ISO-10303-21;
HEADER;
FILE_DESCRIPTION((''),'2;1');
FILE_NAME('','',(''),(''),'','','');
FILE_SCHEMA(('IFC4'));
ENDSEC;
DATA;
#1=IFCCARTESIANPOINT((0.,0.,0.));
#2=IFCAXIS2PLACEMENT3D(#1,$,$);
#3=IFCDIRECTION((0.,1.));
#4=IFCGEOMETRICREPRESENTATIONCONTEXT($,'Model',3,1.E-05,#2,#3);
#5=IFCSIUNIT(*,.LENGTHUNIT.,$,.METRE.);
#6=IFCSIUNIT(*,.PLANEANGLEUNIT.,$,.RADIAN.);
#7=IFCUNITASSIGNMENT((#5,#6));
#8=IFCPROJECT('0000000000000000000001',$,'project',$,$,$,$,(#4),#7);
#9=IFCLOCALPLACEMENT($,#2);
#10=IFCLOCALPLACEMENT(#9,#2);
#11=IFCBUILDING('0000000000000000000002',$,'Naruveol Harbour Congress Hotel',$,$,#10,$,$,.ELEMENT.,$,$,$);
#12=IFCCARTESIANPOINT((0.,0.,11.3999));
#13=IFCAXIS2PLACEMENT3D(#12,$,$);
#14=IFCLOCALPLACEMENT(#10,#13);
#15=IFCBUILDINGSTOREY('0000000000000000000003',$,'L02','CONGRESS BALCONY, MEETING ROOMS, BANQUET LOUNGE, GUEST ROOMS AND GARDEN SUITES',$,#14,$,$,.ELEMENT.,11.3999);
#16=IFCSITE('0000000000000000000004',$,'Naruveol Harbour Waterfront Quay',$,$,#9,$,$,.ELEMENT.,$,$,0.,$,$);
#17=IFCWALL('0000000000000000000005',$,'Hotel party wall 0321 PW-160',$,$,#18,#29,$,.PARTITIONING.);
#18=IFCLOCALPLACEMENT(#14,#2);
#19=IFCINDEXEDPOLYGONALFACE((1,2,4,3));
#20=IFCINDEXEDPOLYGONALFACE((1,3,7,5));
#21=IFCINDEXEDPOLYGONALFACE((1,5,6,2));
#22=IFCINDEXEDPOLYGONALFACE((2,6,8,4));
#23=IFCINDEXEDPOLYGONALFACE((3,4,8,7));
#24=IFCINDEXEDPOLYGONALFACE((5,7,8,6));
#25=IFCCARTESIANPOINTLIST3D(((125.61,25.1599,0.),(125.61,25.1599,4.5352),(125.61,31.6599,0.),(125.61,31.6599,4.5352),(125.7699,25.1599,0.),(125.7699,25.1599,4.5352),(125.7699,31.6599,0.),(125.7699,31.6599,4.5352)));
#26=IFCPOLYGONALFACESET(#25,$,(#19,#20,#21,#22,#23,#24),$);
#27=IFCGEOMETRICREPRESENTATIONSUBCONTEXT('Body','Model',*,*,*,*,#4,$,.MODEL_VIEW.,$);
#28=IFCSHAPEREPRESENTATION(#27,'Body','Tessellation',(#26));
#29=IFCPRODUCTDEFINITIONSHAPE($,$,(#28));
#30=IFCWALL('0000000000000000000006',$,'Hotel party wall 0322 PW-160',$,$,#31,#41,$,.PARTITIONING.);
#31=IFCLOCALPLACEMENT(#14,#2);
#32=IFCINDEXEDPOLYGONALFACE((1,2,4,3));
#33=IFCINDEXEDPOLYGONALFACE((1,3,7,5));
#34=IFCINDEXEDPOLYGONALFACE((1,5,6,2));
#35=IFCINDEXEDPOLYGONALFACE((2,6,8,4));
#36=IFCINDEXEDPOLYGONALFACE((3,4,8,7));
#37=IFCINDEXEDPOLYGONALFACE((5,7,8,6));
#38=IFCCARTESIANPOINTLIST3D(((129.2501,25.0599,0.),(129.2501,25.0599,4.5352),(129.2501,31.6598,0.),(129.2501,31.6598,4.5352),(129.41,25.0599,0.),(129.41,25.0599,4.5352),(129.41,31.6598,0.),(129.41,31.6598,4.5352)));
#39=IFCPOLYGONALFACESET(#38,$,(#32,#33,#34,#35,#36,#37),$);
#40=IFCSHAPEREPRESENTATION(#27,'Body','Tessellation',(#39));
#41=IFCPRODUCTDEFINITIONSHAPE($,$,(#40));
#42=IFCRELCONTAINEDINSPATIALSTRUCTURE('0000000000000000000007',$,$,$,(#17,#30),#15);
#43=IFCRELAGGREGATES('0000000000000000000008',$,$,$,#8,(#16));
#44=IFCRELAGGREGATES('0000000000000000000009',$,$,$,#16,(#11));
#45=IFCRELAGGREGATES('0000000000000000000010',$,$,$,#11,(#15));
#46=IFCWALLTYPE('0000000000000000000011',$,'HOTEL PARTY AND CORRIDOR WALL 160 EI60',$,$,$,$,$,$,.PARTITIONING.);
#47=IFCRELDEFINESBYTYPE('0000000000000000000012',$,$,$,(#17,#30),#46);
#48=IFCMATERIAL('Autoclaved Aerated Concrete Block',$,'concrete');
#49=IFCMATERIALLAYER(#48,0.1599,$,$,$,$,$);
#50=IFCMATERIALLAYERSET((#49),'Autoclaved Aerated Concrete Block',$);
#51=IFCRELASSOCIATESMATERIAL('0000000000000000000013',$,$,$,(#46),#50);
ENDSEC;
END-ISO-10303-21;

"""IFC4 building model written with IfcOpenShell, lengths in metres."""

from ifc_helpers import new_model, si_unit, direction, frame, frame_2d, origin, place, context, subcontext, project, spatial, rectangle, extrude, material, layer, layer_set, type_object, element, save


model = new_model("IFC4")

# Units and contexts
model_context = context("Model", 3, precision=1e-05, world=origin(), true_north=direction((0.0, 1.0)))
body_context = subcontext(model_context, "Body", "Model", "MODEL_VIEW")
ifc_project = project(units=[si_unit("LENGTHUNIT", "METRE"), si_unit("PLANEANGLEUNIT", "RADIAN")], contexts=[model_context])

# Site, building, storey
site_placement = place(None, origin())
site = spatial("IfcSite", under=ifc_project, at=site_placement, Name="Naruveol Harbour Waterfront Quay", CompositionType="ELEMENT", RefElevation=0.0)
building_placement = place(site_placement, origin())
building = spatial("IfcBuilding", under=site, at=building_placement, Name="Naruveol Harbour Congress Hotel", CompositionType="ELEMENT")
storey_placement = place(building_placement, frame((0.0, 0.0, 11.3999)))
storey = spatial("IfcBuildingStorey", under=building, at=storey_placement, Name="L02", Description="CONGRESS BALCONY, MEETING ROOMS, BANQUET LOUNGE, GUEST ROOMS AND GARDEN SUITES", CompositionType="ELEMENT", Elevation=11.3999)

# Shared definitions
ifc_material_1 = material(Name="Autoclaved Aerated Concrete Block", Category="concrete")
ifc_layer_1 = layer(ifc_material_1, 0.1599)
ifc_layer_set_1 = layer_set([ifc_layer_1], Name="Autoclaved Aerated Concrete Block")
wall_type_1 = type_object("IfcWallType", Name="HOTEL PARTY AND CORRIDOR WALL 160 EI60", PredefinedType="PARTITIONING", material=ifc_layer_set_1)

# Walls
wall_1_placement = place(storey_placement, frame((125.6899, 25.1599, 0.0), z_axis=(0.0, 0.0, 1.0), x_axis=(0.0, 1.0, 0.0)))
element("IfcWall", 1, at=wall_1_placement, inside=storey, type_object=wall_type_1, Name="Hotel party wall 0321 PW-160", PredefinedType="PARTITIONING", context=body_context, shape_type="SweptSolid", body=[
    extrude(rectangle(XDim=6.5, YDim=0.1599, at=frame_2d((3.25, 0.0))), origin(), (0.0, 0.0, 1.0), 4.5352),
])
wall_2_placement = place(storey_placement, frame((129.3301, 25.0601, 0.0), z_axis=(0.0, 0.0, 1.0), x_axis=(0.0, 1.0, 0.0)))
element("IfcWall", 2, at=wall_2_placement, inside=storey, type_object=wall_type_1, Name="Hotel party wall 0322 PW-160", PredefinedType="PARTITIONING", context=body_context, shape_type="SweptSolid", body=[
    extrude(rectangle(XDim=6.5999, YDim=0.1599, at=frame_2d((3.2998, 0.0))), origin(), (0.0, 0.0, 1.0), 4.5352),
])

save(model, "model.ifc")
